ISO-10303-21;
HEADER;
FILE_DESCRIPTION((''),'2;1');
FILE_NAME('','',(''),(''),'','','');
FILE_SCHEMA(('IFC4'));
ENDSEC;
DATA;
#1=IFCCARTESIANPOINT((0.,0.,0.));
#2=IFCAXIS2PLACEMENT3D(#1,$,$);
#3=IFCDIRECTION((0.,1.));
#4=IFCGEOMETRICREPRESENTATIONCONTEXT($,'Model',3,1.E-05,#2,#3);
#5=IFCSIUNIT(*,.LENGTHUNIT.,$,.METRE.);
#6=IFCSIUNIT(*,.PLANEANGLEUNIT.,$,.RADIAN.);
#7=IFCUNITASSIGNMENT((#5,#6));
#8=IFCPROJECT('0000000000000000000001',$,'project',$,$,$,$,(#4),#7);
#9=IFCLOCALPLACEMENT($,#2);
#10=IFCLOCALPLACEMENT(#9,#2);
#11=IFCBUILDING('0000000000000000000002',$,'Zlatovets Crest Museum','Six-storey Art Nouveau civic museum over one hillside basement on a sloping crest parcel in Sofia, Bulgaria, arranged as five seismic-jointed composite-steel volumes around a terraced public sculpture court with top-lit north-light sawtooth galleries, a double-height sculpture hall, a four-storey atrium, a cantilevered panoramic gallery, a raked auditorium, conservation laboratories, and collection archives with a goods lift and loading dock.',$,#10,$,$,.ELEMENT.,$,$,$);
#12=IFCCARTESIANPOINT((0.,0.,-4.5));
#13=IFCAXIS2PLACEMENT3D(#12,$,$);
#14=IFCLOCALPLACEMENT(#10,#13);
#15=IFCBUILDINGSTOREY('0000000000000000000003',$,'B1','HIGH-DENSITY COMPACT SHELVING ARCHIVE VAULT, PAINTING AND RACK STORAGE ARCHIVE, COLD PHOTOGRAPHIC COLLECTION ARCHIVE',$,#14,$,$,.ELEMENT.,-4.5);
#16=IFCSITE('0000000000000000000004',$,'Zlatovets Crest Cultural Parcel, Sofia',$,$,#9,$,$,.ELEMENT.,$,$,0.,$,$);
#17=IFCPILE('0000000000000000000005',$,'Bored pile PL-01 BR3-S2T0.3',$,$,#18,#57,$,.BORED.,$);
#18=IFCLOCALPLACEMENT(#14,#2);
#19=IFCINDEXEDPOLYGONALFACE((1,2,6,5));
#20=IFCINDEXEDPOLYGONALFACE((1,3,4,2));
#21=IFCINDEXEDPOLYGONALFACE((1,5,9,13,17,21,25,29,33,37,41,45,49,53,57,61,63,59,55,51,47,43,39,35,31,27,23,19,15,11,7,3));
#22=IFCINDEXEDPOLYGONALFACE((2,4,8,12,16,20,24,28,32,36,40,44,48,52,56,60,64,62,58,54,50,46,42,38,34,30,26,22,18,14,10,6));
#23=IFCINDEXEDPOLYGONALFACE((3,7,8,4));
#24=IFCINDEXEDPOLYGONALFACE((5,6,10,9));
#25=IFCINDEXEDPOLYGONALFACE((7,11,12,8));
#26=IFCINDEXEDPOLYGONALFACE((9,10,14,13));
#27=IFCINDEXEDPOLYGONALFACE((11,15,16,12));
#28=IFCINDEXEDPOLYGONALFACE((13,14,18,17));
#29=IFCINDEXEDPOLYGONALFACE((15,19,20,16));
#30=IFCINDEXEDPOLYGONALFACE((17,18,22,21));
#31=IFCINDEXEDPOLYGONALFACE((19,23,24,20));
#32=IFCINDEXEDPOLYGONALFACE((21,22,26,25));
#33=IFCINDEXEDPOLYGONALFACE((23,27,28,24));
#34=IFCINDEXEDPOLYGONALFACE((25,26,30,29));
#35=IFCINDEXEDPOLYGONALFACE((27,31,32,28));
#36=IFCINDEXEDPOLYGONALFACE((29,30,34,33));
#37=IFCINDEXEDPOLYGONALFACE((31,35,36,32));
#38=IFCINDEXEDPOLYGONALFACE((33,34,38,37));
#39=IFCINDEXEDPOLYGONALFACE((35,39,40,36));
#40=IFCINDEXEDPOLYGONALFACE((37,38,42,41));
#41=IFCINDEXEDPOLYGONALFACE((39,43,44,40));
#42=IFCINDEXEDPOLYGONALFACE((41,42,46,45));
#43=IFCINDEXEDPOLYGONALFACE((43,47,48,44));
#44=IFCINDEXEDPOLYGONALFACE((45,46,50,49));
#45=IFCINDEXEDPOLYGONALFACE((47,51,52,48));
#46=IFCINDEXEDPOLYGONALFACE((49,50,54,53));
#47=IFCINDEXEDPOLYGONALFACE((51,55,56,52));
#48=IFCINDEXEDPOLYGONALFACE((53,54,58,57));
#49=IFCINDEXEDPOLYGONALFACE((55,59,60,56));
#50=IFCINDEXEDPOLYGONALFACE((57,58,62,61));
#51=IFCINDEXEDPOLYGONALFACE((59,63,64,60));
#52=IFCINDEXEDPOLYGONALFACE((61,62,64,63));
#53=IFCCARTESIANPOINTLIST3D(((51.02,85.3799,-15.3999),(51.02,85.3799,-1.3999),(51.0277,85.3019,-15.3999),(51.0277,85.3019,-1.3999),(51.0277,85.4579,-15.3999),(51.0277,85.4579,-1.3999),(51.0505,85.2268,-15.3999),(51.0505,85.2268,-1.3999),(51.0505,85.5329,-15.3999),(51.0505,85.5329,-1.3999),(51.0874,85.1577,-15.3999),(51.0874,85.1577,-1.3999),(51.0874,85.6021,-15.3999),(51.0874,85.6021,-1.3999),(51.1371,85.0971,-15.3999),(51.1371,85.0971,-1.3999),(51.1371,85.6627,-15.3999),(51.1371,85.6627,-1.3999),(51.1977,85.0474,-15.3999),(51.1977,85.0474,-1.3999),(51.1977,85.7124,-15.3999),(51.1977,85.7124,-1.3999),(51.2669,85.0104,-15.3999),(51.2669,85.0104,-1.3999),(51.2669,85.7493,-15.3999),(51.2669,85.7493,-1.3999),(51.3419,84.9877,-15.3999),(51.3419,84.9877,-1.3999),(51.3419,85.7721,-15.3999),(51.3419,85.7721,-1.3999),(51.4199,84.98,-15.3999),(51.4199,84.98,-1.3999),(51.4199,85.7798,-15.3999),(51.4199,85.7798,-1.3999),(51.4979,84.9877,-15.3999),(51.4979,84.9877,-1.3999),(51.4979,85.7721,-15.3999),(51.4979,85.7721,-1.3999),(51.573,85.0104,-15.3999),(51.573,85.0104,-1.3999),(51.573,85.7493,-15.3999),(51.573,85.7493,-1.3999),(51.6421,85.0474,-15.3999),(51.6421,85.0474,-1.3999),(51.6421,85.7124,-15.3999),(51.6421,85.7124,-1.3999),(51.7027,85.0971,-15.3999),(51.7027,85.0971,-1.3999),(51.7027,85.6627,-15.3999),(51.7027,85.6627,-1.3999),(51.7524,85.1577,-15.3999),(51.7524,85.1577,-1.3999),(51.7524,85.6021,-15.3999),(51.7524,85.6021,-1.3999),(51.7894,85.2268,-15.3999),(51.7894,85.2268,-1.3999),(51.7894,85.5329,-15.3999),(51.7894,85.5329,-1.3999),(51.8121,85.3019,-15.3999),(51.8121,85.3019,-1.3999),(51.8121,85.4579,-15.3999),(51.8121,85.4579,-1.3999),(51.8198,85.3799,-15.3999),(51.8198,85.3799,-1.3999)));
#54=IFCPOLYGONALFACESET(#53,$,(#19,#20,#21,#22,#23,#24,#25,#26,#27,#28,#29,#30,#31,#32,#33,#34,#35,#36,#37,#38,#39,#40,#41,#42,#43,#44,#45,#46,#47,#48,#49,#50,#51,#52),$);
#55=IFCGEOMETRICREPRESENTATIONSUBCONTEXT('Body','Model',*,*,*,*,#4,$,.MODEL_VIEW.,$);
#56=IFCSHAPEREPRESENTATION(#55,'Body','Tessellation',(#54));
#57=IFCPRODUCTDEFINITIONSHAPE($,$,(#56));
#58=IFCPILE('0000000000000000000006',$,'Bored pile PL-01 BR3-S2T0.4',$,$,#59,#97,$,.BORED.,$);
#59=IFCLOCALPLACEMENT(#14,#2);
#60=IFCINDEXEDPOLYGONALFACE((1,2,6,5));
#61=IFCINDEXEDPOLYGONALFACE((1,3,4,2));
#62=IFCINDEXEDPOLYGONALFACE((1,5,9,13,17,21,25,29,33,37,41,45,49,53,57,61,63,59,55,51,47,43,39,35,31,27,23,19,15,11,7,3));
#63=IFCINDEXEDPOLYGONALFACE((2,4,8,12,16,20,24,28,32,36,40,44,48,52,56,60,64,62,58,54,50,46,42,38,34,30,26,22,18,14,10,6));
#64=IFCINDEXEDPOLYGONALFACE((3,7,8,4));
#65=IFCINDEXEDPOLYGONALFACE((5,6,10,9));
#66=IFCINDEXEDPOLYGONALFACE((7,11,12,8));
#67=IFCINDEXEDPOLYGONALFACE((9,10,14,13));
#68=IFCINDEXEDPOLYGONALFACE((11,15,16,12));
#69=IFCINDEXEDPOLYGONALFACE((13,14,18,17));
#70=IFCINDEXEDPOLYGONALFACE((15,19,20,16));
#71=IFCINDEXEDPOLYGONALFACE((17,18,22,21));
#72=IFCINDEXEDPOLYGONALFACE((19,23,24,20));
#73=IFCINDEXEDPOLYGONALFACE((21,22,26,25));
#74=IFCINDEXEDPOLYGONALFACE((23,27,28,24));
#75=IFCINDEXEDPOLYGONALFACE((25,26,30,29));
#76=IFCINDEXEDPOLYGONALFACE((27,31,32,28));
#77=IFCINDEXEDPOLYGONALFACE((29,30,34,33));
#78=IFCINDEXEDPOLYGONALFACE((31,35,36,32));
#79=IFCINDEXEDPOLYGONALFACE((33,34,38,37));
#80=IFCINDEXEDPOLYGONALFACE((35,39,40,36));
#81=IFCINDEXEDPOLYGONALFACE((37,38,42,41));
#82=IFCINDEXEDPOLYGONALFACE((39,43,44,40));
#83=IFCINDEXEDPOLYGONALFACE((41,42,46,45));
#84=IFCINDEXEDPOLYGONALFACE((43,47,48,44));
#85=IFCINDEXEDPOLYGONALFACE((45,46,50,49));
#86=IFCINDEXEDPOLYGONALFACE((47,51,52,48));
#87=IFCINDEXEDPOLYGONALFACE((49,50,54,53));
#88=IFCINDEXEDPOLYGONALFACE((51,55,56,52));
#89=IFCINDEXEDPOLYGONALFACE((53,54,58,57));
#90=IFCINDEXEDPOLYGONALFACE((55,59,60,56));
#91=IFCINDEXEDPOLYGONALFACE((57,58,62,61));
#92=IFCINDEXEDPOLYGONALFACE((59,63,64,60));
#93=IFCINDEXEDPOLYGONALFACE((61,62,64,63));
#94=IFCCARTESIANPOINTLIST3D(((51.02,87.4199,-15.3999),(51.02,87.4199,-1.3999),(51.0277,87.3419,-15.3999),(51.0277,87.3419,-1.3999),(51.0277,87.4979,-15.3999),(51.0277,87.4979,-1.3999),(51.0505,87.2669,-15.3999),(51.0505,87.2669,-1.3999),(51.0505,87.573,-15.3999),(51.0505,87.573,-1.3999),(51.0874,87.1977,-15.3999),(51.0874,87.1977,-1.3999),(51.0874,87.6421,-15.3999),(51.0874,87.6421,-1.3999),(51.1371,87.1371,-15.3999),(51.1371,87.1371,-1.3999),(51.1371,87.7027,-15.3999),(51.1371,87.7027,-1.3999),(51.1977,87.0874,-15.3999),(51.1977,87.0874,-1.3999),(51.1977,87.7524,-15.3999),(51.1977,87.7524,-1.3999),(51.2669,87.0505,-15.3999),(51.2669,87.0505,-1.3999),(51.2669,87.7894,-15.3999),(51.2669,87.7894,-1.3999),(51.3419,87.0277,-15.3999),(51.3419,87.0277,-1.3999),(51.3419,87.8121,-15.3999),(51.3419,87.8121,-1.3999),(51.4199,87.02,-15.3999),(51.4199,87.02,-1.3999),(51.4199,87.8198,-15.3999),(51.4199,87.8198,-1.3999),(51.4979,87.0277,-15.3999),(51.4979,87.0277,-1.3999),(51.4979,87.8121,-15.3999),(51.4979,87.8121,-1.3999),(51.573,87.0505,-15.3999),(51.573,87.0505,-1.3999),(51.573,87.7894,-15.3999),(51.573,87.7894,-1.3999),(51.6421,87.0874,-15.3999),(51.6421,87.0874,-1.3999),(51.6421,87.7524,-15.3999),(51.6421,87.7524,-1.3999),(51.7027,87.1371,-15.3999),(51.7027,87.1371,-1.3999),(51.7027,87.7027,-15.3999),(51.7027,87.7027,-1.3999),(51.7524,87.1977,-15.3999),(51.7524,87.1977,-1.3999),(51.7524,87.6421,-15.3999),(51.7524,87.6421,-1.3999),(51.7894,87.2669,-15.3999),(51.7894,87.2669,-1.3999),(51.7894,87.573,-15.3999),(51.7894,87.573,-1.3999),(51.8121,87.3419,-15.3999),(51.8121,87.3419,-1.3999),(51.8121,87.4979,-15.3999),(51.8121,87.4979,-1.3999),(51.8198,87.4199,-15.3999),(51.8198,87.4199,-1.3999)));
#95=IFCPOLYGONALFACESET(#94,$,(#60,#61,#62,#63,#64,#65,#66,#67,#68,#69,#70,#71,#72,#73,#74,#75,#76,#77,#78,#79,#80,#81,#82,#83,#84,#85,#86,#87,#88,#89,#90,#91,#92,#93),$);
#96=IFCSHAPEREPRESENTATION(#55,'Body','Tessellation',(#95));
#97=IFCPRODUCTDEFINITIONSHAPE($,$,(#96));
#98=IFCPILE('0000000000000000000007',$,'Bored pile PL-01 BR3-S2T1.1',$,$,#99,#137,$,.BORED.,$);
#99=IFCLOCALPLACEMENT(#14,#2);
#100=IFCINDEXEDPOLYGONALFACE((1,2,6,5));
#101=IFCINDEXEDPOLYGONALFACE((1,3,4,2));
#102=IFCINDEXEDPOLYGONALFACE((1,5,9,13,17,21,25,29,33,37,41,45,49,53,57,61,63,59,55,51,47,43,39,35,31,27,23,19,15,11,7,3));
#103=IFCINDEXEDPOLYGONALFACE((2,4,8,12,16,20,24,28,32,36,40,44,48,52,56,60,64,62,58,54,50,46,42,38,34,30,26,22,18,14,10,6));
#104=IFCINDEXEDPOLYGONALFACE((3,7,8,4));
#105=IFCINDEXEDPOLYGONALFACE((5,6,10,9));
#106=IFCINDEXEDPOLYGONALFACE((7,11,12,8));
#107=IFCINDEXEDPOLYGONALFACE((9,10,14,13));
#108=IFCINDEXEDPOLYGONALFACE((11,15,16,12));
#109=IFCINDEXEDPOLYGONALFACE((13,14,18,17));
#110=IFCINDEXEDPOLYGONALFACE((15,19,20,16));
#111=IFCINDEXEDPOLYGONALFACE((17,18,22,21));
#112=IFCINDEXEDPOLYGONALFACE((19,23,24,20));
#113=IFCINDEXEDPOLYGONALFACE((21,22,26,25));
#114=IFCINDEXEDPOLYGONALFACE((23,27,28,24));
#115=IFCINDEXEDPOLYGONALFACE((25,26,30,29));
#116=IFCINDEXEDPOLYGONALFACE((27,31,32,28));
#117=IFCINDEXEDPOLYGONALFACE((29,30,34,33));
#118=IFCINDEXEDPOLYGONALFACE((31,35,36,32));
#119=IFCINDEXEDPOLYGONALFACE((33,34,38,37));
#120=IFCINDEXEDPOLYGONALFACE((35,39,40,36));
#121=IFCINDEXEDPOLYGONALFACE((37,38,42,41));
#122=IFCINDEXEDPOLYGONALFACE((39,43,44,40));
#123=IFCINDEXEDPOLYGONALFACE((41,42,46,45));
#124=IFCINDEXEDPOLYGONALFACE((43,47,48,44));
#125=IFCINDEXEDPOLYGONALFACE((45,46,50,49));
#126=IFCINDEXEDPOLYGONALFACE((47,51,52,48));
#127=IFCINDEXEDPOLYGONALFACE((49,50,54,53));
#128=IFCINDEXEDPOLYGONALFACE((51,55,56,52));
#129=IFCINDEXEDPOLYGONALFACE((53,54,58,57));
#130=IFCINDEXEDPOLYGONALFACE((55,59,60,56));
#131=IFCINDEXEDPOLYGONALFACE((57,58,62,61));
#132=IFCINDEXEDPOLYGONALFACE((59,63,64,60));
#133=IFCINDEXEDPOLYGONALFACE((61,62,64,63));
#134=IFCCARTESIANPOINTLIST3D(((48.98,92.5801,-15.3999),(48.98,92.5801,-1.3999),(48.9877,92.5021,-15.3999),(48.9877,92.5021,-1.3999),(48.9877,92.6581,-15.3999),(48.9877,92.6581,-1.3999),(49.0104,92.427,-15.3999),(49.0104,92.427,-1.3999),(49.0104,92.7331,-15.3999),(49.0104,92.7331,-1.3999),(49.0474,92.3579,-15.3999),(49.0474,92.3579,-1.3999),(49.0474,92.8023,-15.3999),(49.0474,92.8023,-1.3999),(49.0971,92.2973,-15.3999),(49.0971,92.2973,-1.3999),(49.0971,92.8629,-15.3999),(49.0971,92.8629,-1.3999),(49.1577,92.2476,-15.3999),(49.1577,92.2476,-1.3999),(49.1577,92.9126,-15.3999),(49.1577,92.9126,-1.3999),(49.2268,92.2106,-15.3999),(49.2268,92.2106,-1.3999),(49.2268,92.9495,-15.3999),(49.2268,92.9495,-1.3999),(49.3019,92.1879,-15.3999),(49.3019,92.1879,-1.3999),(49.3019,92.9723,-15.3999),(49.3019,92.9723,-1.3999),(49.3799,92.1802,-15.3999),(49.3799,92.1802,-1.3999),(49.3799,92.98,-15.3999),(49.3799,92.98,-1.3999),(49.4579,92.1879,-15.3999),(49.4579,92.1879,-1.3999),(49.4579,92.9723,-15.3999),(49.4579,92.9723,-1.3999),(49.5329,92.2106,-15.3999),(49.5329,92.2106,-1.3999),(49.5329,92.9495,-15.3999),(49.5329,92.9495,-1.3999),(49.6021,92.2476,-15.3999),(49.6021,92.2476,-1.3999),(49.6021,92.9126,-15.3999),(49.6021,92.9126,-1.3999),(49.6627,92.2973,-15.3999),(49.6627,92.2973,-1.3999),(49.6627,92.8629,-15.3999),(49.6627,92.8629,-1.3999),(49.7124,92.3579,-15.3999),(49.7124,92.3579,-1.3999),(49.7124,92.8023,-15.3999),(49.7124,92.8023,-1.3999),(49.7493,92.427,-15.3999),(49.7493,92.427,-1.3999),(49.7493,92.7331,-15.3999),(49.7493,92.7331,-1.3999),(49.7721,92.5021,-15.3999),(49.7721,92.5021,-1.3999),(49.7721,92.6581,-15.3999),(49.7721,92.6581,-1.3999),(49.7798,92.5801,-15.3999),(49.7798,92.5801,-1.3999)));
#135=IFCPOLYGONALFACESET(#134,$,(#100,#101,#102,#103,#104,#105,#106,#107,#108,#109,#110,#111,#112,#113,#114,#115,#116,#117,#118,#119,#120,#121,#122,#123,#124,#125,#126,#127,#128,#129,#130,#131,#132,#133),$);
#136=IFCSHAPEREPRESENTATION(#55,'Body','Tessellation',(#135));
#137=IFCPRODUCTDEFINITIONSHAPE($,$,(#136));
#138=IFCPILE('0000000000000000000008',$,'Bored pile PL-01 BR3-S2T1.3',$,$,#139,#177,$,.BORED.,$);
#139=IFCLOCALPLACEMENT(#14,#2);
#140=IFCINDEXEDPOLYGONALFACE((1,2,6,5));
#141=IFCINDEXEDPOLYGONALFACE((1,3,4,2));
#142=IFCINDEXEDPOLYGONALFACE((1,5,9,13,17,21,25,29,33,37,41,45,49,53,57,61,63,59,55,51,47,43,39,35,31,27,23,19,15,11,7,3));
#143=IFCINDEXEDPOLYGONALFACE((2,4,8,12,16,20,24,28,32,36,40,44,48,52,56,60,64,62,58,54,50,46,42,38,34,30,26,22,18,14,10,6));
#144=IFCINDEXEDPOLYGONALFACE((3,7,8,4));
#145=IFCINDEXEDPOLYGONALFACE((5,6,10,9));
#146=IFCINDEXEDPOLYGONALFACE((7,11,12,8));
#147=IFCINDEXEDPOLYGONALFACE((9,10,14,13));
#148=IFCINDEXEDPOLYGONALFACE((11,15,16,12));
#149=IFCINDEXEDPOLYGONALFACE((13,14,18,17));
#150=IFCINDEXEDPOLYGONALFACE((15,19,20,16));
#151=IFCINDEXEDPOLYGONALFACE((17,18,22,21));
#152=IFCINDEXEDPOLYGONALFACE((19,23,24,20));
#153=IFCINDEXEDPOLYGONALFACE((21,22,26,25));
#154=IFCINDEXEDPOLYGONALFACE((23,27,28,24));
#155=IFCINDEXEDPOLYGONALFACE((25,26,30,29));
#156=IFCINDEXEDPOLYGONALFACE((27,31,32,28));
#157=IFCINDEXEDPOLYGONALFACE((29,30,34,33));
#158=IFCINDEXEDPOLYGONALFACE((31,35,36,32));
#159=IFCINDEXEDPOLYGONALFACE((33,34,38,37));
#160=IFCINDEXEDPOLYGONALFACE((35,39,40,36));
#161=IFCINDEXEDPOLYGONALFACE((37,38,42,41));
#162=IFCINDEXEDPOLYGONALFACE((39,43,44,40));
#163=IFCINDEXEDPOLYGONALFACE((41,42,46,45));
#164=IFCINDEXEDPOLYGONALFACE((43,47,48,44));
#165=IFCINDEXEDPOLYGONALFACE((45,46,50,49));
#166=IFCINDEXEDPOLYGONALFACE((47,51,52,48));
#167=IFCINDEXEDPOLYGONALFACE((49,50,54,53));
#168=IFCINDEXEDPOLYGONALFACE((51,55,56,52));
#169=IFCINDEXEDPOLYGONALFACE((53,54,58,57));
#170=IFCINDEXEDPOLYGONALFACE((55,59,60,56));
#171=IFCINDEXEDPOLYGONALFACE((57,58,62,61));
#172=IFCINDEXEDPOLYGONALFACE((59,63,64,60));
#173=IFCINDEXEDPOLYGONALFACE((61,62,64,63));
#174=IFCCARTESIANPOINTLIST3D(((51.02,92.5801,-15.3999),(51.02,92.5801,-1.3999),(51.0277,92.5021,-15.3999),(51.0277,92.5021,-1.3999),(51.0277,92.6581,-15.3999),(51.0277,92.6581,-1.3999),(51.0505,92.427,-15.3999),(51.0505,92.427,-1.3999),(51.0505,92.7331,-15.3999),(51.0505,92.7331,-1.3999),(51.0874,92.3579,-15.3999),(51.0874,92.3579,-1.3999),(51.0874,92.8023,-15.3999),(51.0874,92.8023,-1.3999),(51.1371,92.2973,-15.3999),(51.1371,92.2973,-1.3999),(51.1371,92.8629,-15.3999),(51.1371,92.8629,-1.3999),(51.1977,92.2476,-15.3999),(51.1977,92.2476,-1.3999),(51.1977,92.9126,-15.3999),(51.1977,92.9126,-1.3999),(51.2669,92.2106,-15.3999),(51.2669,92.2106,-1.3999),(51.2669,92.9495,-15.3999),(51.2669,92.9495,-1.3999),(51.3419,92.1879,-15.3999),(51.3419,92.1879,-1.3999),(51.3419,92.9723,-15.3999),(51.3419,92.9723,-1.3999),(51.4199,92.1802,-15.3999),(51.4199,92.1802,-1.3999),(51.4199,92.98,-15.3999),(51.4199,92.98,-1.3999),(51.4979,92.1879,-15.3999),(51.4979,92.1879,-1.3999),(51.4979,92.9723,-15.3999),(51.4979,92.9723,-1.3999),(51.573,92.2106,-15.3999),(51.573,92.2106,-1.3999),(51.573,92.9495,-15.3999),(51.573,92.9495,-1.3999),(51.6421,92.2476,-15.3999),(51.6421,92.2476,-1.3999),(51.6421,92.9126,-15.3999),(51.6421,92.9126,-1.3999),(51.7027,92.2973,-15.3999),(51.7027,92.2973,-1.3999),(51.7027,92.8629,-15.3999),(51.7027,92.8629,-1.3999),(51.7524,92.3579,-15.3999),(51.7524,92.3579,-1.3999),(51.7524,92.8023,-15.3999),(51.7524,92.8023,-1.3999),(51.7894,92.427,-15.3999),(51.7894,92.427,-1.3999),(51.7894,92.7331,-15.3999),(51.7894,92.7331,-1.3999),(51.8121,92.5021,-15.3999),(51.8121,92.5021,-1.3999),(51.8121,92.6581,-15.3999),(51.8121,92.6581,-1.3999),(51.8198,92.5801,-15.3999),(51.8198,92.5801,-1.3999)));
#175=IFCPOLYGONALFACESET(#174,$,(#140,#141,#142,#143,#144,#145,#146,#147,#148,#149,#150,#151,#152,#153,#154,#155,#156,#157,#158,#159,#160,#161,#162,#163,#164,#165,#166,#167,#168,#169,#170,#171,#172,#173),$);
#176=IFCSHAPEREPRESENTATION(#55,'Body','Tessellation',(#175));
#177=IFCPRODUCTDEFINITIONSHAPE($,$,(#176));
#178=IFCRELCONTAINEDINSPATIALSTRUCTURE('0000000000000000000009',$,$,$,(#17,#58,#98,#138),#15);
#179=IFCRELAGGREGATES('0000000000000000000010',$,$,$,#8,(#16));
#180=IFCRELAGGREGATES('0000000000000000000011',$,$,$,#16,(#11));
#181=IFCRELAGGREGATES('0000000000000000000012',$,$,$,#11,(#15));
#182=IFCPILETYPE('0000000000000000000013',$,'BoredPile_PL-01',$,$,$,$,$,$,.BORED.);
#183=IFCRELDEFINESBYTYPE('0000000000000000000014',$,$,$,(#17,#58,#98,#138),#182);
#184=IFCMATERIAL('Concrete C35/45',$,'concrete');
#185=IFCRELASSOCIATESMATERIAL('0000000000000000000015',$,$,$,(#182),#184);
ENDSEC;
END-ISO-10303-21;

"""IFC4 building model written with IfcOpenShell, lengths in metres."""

from ifc_helpers import new_model, si_unit, direction, frame, origin, origin_2d, place, context, subcontext, project, spatial, circle, extrude, material, material_profile, profile_set, type_object, element, save


model = new_model("IFC4")

# Units and contexts
model_context = context("Model", 3, precision=1e-05, world=origin(), true_north=direction((0.0, 1.0)))
body_context = subcontext(model_context, "Body", "Model", "MODEL_VIEW")
ifc_project = project(units=[si_unit("LENGTHUNIT", "METRE"), si_unit("PLANEANGLEUNIT", "RADIAN")], contexts=[model_context])

# Site, building, storey
site_placement = place(None, origin())
site = spatial("IfcSite", under=ifc_project, at=site_placement, Name="Zlatovets Crest Cultural Parcel, Sofia", CompositionType="ELEMENT", RefElevation=0.0)
building_placement = place(site_placement, origin())
building = spatial("IfcBuilding", under=site, at=building_placement, Name="Zlatovets Crest Museum", Description="Six-storey Art Nouveau civic museum over one hillside basement on a sloping crest parcel in Sofia, Bulgaria, arranged as five seismic-jointed composite-steel volumes around a terraced public sculpture court with top-lit north-light sawtooth galleries, a double-height sculpture hall, a four-storey atrium, a cantilevered panoramic gallery, a raked auditorium, conservation laboratories, and collection archives with a goods lift and loading dock.", CompositionType="ELEMENT")
storey_placement = place(building_placement, frame((0.0, 0.0, -4.5)))
storey = spatial("IfcBuildingStorey", under=building, at=storey_placement, Name="B1", Description="HIGH-DENSITY COMPACT SHELVING ARCHIVE VAULT, PAINTING AND RACK STORAGE ARCHIVE, COLD PHOTOGRAPHIC COLLECTION ARCHIVE", CompositionType="ELEMENT", Elevation=-4.5)

# Piles
ifc_material_1 = material(Name="Concrete C35/45", Category="concrete")
ifc_material_profile_1 = material_profile(ifc_material_1, circle(Radius=0.3999, at=origin_2d()), Name="PILE D800")
ifc_profile_set_1 = profile_set([ifc_material_profile_1], Name="Concrete C35/45")
pile_type_1 = type_object("IfcPileType", Name="BoredPile_PL-01", PredefinedType="BORED", material=ifc_profile_set_1)
for number, where, z_axis, x_axis, name in (
    (1, (51.4199, 85.3799, -1.3999), (0.0, 0.0, -1.0), (1.0, 0.0, 0.0), "Bored pile PL-01 BR3-S2T0.3"),
    (2, (51.4199, 87.4199, -1.3999), (0.0, 0.0, -1.0), (1.0, 0.0, 0.0), "Bored pile PL-01 BR3-S2T0.4"),
    (3, (49.3799, 92.5801, -1.3999), (0.0, 0.0, -1.0), (1.0, 0.0, 0.0), "Bored pile PL-01 BR3-S2T1.1"),
    (4, (51.4199, 92.5801, -1.3999), (0.0, 0.0, -1.0), (1.0, 0.0, 0.0), "Bored pile PL-01 BR3-S2T1.3"),
):
    element("IfcPile", number, at=place(storey_placement, frame(where, z_axis=z_axis, x_axis=x_axis)), inside=storey, type_object=pile_type_1, Name=name, PredefinedType="BORED", context=body_context, shape_type="SweptSolid", body=[
        extrude(circle(Radius=0.3999, at=origin_2d()), origin(), (0.0, 0.0, 1.0), 14.0),
    ])

save(model, "model.ifc")
